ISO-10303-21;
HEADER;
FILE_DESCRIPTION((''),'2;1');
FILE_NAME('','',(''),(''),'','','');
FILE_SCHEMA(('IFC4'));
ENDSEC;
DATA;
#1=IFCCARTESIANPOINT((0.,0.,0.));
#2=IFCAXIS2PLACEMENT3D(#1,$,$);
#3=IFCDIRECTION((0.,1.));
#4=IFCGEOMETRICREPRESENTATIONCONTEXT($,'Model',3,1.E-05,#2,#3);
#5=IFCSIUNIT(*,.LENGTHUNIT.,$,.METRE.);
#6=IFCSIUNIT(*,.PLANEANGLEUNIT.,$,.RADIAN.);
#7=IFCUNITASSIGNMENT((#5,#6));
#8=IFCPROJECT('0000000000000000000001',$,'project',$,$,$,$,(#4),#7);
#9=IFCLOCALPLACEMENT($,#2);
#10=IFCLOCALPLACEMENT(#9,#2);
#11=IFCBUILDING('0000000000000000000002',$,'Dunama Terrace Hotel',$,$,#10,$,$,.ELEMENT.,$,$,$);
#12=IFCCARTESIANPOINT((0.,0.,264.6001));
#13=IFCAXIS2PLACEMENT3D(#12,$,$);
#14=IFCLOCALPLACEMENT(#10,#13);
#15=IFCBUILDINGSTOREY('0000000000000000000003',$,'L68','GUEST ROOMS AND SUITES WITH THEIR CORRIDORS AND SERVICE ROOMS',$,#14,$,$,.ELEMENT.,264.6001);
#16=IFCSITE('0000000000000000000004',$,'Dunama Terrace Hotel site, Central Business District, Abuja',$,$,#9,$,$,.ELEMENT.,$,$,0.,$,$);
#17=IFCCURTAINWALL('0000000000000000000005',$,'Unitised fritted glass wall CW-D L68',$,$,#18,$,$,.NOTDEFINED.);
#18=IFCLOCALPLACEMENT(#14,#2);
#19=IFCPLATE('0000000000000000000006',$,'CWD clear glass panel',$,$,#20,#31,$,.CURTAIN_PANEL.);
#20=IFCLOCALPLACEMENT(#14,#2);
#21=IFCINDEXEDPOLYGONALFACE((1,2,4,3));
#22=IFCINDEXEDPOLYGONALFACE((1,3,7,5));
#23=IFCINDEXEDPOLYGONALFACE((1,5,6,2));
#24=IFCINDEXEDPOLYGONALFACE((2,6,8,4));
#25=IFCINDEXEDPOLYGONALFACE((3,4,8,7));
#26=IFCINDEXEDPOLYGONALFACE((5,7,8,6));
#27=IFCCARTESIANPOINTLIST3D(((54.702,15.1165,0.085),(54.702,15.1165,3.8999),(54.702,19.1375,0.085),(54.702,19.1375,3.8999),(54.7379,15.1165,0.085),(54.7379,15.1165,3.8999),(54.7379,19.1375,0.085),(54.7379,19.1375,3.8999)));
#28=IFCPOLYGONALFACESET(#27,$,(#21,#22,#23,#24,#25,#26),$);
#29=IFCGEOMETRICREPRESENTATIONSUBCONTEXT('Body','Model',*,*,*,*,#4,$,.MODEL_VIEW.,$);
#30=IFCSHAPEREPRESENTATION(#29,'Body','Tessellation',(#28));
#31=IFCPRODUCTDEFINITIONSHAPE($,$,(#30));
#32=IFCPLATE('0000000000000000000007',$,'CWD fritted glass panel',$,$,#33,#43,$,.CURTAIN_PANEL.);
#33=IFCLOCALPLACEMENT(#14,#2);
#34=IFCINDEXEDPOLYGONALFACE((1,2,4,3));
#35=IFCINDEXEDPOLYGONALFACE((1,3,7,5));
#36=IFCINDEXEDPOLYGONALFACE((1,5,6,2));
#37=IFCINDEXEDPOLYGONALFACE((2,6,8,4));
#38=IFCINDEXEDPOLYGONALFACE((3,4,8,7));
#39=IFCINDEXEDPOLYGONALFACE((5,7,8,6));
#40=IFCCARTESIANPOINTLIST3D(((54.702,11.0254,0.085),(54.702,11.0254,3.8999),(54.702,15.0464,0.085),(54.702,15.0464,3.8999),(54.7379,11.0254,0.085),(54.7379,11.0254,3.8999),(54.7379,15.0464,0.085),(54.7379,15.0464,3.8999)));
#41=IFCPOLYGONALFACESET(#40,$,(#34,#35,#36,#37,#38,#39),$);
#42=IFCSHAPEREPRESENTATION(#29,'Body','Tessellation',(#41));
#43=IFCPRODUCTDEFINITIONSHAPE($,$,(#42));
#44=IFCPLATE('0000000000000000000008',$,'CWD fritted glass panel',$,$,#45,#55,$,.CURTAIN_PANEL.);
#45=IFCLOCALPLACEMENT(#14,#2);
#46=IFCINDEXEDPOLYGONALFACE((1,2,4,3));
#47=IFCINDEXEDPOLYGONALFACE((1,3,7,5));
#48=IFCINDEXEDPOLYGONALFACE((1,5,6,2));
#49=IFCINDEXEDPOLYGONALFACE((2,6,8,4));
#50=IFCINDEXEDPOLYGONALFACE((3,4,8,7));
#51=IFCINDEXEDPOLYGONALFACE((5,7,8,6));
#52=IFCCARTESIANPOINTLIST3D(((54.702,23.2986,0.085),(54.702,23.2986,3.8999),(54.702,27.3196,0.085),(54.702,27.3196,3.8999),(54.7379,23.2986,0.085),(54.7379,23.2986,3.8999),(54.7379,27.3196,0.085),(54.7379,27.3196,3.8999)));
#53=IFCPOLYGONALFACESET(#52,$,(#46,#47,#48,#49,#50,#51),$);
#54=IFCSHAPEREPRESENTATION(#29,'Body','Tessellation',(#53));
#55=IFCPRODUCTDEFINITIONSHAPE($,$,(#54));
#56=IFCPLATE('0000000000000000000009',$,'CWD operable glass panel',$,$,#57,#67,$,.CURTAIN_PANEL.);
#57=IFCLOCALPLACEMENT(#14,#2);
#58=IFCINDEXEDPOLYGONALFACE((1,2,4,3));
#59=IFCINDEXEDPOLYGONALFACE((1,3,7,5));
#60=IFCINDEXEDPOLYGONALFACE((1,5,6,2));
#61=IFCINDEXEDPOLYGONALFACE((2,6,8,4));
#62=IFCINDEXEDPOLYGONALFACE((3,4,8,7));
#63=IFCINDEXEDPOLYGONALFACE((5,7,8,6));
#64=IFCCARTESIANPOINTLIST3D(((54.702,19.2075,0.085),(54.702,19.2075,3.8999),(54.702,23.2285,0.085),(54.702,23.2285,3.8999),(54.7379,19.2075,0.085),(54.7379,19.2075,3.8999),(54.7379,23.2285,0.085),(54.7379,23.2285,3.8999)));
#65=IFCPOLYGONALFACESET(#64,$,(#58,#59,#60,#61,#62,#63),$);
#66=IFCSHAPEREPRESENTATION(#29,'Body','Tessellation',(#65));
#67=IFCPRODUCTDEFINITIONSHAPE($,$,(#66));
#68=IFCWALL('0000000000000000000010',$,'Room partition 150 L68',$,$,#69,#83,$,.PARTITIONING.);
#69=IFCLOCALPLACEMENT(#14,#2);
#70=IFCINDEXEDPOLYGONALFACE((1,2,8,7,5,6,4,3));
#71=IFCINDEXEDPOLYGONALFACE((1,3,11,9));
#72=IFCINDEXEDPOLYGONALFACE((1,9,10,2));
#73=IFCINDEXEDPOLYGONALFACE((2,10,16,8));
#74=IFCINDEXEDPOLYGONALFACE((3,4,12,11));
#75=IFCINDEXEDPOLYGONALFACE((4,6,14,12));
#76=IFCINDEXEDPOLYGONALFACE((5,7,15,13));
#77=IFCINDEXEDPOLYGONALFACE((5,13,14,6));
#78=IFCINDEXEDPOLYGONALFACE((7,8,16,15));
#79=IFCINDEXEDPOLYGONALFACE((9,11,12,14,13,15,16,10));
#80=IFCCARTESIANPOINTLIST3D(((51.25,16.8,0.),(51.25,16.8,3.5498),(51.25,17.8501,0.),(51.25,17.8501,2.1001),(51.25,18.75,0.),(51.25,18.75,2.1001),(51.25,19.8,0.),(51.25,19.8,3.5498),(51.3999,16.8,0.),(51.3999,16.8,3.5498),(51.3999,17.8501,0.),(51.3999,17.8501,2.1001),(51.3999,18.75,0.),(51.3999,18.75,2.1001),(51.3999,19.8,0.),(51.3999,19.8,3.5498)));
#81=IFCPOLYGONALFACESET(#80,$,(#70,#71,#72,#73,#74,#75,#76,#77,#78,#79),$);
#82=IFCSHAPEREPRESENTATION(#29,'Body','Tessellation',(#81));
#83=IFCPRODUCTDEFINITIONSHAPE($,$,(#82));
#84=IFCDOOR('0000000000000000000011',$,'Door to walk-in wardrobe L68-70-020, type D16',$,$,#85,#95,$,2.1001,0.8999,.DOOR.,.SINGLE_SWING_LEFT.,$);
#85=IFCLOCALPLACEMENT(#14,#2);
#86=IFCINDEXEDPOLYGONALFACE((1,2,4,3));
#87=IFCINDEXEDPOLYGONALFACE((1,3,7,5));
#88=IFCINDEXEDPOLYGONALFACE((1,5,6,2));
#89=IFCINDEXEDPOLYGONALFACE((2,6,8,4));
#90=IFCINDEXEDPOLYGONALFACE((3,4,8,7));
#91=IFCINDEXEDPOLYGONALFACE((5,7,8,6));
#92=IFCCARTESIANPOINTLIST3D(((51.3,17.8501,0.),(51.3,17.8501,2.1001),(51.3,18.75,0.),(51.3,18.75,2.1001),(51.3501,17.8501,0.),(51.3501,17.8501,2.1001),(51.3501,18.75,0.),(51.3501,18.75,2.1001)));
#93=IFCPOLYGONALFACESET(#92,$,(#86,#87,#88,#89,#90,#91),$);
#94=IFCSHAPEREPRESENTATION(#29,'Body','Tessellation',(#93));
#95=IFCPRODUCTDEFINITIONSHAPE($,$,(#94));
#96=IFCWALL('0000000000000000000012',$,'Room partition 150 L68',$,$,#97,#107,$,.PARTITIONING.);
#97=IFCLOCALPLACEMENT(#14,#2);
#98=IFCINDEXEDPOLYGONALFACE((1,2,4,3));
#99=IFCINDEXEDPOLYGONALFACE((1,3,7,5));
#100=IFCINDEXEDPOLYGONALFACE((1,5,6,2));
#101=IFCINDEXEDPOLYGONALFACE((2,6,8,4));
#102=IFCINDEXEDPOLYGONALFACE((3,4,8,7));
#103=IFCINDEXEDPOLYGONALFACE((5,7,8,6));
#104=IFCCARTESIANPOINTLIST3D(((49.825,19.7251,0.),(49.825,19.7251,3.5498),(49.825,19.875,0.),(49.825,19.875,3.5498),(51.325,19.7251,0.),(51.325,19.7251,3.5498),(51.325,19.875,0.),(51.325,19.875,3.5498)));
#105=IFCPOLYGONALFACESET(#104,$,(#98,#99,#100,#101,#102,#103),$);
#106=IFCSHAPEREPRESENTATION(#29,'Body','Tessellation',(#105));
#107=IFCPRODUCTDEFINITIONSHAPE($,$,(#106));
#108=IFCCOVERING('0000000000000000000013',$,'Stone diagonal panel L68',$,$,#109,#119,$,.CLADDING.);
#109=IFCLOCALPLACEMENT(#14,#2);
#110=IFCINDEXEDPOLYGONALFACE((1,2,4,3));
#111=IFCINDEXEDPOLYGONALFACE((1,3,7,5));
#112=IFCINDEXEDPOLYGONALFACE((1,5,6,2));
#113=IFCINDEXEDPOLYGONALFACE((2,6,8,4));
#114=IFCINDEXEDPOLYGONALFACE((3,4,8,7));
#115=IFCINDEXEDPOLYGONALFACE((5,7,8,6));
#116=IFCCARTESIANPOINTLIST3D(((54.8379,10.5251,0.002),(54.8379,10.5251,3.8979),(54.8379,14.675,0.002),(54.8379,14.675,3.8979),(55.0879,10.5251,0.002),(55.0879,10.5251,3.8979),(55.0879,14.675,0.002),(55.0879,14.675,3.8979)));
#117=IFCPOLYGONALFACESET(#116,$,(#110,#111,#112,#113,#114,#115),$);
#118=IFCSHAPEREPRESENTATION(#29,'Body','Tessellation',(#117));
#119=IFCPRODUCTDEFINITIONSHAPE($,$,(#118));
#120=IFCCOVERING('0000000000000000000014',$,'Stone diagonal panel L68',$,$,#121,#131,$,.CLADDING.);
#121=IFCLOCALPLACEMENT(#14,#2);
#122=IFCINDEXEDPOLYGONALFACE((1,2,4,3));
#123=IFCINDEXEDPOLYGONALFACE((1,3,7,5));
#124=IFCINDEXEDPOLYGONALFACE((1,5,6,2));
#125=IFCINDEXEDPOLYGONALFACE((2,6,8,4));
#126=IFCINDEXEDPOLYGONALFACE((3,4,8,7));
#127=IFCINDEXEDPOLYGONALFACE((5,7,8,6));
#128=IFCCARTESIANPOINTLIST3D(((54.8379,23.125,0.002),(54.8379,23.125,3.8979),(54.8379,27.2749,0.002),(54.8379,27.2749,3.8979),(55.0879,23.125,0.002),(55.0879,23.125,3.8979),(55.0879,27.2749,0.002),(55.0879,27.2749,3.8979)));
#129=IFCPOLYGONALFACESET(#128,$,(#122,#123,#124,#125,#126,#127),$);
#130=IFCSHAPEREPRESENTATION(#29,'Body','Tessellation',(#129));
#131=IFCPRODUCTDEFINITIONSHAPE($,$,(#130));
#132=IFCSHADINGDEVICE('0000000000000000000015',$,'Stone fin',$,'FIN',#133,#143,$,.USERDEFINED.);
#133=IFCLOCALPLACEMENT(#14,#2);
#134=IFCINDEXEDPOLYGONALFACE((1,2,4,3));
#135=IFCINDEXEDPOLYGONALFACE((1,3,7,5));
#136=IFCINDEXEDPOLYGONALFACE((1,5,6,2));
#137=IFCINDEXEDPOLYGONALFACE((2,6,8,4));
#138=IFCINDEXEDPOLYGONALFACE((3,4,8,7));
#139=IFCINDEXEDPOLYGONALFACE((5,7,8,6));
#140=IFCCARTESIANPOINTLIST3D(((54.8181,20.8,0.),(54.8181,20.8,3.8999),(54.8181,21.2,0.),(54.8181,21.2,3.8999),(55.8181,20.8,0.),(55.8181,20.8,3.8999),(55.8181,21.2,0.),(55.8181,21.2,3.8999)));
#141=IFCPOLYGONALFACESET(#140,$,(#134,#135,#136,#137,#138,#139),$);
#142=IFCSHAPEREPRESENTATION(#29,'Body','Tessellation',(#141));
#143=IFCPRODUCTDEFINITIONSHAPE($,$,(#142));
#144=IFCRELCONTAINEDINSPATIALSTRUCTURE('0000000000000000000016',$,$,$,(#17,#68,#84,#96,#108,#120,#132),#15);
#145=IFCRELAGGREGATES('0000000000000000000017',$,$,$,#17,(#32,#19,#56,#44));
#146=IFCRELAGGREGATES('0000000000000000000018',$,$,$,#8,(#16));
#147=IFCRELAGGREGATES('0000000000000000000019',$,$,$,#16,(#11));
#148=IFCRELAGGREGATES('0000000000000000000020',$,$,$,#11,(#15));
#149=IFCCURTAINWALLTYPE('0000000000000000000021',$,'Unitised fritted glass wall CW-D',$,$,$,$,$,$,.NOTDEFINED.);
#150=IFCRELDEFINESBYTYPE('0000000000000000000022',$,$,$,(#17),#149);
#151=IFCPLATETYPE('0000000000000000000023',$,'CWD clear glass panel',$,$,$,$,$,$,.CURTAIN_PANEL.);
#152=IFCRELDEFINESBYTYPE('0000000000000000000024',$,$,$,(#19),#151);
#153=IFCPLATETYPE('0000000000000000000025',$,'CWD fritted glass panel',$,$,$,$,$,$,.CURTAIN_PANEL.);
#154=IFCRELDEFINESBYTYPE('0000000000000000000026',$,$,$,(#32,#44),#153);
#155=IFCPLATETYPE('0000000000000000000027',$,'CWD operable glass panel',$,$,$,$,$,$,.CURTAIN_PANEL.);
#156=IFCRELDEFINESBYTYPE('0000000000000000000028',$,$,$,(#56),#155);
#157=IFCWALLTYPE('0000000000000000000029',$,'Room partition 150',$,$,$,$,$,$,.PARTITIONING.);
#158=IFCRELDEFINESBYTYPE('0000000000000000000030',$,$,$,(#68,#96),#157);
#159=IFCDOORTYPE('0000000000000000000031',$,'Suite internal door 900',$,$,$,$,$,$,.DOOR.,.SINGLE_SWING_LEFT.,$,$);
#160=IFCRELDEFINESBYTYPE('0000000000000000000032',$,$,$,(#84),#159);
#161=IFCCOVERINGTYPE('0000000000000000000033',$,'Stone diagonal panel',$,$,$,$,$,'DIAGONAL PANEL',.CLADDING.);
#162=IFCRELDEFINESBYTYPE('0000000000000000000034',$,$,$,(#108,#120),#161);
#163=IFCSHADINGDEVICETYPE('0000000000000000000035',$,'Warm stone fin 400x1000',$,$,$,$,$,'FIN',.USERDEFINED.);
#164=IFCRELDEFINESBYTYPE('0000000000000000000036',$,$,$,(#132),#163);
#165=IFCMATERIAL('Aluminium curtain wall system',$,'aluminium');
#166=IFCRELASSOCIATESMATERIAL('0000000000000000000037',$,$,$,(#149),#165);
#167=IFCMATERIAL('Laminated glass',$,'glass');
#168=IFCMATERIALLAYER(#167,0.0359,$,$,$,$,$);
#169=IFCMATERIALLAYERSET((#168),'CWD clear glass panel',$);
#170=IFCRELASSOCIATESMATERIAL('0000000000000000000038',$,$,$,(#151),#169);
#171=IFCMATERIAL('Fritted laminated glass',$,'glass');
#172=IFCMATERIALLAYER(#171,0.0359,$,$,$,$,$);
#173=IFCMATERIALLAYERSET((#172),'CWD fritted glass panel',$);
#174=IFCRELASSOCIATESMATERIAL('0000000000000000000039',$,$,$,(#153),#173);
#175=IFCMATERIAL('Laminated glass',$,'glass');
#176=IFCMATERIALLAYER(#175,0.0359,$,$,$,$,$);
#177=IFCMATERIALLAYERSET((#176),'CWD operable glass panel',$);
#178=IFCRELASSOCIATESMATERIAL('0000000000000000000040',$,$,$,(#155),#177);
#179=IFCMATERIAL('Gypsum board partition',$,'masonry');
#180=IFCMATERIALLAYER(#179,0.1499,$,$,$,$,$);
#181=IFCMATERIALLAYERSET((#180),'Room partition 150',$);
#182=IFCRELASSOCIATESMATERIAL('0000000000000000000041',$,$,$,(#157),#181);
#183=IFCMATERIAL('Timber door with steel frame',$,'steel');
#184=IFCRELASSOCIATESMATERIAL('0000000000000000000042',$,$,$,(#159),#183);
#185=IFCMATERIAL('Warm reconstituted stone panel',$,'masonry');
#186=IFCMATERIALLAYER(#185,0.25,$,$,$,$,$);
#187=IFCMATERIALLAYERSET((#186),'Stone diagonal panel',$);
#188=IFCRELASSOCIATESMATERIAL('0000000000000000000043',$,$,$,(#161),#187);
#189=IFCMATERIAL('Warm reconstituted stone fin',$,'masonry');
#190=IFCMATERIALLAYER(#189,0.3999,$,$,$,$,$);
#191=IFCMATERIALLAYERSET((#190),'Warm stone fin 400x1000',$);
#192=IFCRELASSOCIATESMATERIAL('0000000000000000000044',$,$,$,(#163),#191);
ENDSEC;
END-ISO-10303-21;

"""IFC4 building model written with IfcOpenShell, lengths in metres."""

from ifc_helpers import new_model, si_unit, direction, frame, frame_2d, origin, origin_2d, place, context, subcontext, project, spatial, rectangle, extrude, material, layer, layer_set, type_object, element, fill, aggregate, save


model = new_model("IFC4")

# Units and contexts
model_context = context("Model", 3, precision=1e-05, world=origin(), true_north=direction((0.0, 1.0)))
body_context = subcontext(model_context, "Body", "Model", "MODEL_VIEW")
ifc_project = project(units=[si_unit("LENGTHUNIT", "METRE"), si_unit("PLANEANGLEUNIT", "RADIAN")], contexts=[model_context])

# Site, building, storey
site_placement = place(None, origin())
site = spatial("IfcSite", under=ifc_project, at=site_placement, Name="Dunama Terrace Hotel site, Central Business District, Abuja", CompositionType="ELEMENT", RefElevation=0.0)
building_placement = place(site_placement, origin())
building = spatial("IfcBuilding", under=site, at=building_placement, Name="Dunama Terrace Hotel", CompositionType="ELEMENT")
storey_placement = place(building_placement, frame((0.0, 0.0, 264.6001)))
storey = spatial("IfcBuildingStorey", under=building, at=storey_placement, Name="L68", Description="GUEST ROOMS AND SUITES WITH THEIR CORRIDORS AND SERVICE ROOMS", CompositionType="ELEMENT", Elevation=264.6001)

# Curtain wall
ifc_material_1 = material(Name="Aluminium curtain wall system", Category="aluminium")
curtain_wall_type = type_object("IfcCurtainWallType", Name="Unitised fritted glass wall CW-D", PredefinedType="NOTDEFINED", material=ifc_material_1)
curtain_wall_placement = place(storey_placement, origin())
curtain_wall = element("IfcCurtainWall", 1, at=curtain_wall_placement, inside=storey, type_object=curtain_wall_type, Name="Unitised fritted glass wall CW-D L68", PredefinedType="NOTDEFINED")

# Plates
ifc_material_2 = material(Name="Laminated glass", Category="glass")
ifc_layer_1 = layer(ifc_material_2, 0.0359)
ifc_layer_set_1 = layer_set([ifc_layer_1], Name="CWD clear glass panel")
plate_type_1 = type_object("IfcPlateType", Name="CWD clear glass panel", PredefinedType="CURTAIN_PANEL", material=ifc_layer_set_1)
plate_1_placement = place(storey_placement, frame((54.72, 17.127, 0.085), z_axis=(0.0, 0.0, 1.0), x_axis=(0.0, 1.0, 0.0)))
plate_1 = element("IfcPlate", 2, at=plate_1_placement, type_object=plate_type_1, Name="CWD clear glass panel", PredefinedType="CURTAIN_PANEL", context=body_context, shape_type="SweptSolid", body=[
    extrude(rectangle(XDim=4.021, YDim=0.0359, at=origin_2d()), origin(), (0.0, 0.0, 1.0), 3.8149),
])
ifc_material_3 = material(Name="Fritted laminated glass", Category="glass")
ifc_layer_2 = layer(ifc_material_3, 0.0359)
ifc_layer_set_2 = layer_set([ifc_layer_2], Name="CWD fritted glass panel")
plate_type_2 = type_object("IfcPlateType", Name="CWD fritted glass panel", PredefinedType="CURTAIN_PANEL", material=ifc_layer_set_2)
plate_2_placement = place(storey_placement, frame((54.72, 13.0359, 0.085), z_axis=(0.0, 0.0, 1.0), x_axis=(0.0, 1.0, 0.0)))
plate_2 = element("IfcPlate", 3, at=plate_2_placement, type_object=plate_type_2, Name="CWD fritted glass panel", PredefinedType="CURTAIN_PANEL", context=body_context, shape_type="SweptSolid", body=[
    extrude(rectangle(XDim=4.021, YDim=0.0359, at=origin_2d()), origin(), (0.0, 0.0, 1.0), 3.8149),
])
plate_3_placement = place(storey_placement, frame((54.72, 25.3091, 0.085), z_axis=(0.0, 0.0, 1.0), x_axis=(0.0, 1.0, 0.0)))
plate_3 = element("IfcPlate", 4, at=plate_3_placement, type_object=plate_type_2, Name="CWD fritted glass panel", PredefinedType="CURTAIN_PANEL", context=body_context, shape_type="SweptSolid", body=[
    extrude(rectangle(XDim=4.021, YDim=0.0359, at=origin_2d()), origin(), (0.0, 0.0, 1.0), 3.8149),
])
ifc_material_4 = material(Name="Laminated glass", Category="glass")
ifc_layer_3 = layer(ifc_material_4, 0.0359)
ifc_layer_set_3 = layer_set([ifc_layer_3], Name="CWD operable glass panel")
plate_type_3 = type_object("IfcPlateType", Name="CWD operable glass panel", PredefinedType="CURTAIN_PANEL", material=ifc_layer_set_3)
plate_4_placement = place(storey_placement, frame((54.72, 21.218, 0.085), z_axis=(0.0, 0.0, 1.0), x_axis=(0.0, 1.0, 0.0)))
plate_4 = element("IfcPlate", 5, at=plate_4_placement, type_object=plate_type_3, Name="CWD operable glass panel", PredefinedType="CURTAIN_PANEL", context=body_context, shape_type="SweptSolid", body=[
    extrude(rectangle(XDim=4.021, YDim=0.0359, at=origin_2d()), origin(), (0.0, 0.0, 1.0), 3.8149),
])
aggregate(curtain_wall, [plate_2, plate_1, plate_4, plate_3])

# Wall, opening, door
ifc_material_5 = material(Name="Gypsum board partition", Category="masonry")
ifc_layer_4 = layer(ifc_material_5, 0.1499)
ifc_layer_set_4 = layer_set([ifc_layer_4], Name="Room partition 150")
wall_type = type_object("IfcWallType", Name="Room partition 150", PredefinedType="PARTITIONING", material=ifc_layer_set_4)
wall_1_placement = place(storey_placement, frame((51.325, 16.8, 0.0), z_axis=(0.0, 0.0, 1.0), x_axis=(0.0, 1.0, 0.0)))
wall_1 = element("IfcWall", 6, at=wall_1_placement, inside=storey, type_object=wall_type, Name="Room partition 150 L68", PredefinedType="PARTITIONING", context=body_context, shape_type="SweptSolid", body=[
    extrude(rectangle(XDim=3.0, YDim=0.1499, at=frame_2d((1.5, 0.0))), origin(), (0.0, 0.0, 1.0), 3.5498),
])
opening_placement = place(wall_1_placement, frame((1.05, 0.0, 0.0)))
opening = element("IfcOpeningElement", 7, at=opening_placement, cuts=wall_1, PredefinedType="OPENING", context=body_context, shape_type="SweptSolid", body=[
    extrude(rectangle(XDim=0.8999, YDim=2.1001, at=frame_2d((0.45, 1.05))), frame((0.0, 0.085, 0.0), z_axis=(0.0, -1.0, 0.0), x_axis=(1.0, 0.0, 0.0)), (0.0, 0.0, 1.0), 0.1699),
])
ifc_material_6 = material(Name="Timber door with steel frame", Category="steel")
door_type = type_object("IfcDoorType", Name="Suite internal door 900", OperationType="SINGLE_SWING_LEFT", PredefinedType="DOOR", material=ifc_material_6)
door_placement = place(opening_placement, origin())
door = element("IfcDoor", 8, at=door_placement, inside=storey, type_object=door_type, Name="Door to walk-in wardrobe L68-70-020, type D16", OperationType="SINGLE_SWING_LEFT", OverallHeight=2.1001, OverallWidth=0.8999, PredefinedType="DOOR", context=body_context, shape_type="SweptSolid", body=[
    extrude(rectangle(XDim=0.8999, YDim=2.1001, at=frame_2d((0.45, 1.05))), frame((0.0, 0.0249, 0.0), z_axis=(0.0, -1.0, 0.0), x_axis=(1.0, 0.0, 0.0)), (0.0, 0.0, 1.0), 0.05),
])
fill(opening, door)

# Wall
wall_2_placement = place(storey_placement, frame((49.825, 19.8, 0.0), z_axis=(0.0, 0.0, 1.0), x_axis=(1.0, 0.0, 0.0)))
element("IfcWall", 9, at=wall_2_placement, inside=storey, type_object=wall_type, Name="Room partition 150 L68", PredefinedType="PARTITIONING", context=body_context, shape_type="SweptSolid", body=[
    extrude(rectangle(XDim=1.5, YDim=0.1499, at=frame_2d((0.75, 0.0))), origin(), (0.0, 0.0, 1.0), 3.5498),
])

# Coverings
ifc_material_7 = material(Name="Warm reconstituted stone panel", Category="masonry")
ifc_layer_5 = layer(ifc_material_7, 0.25)
ifc_layer_set_5 = layer_set([ifc_layer_5], Name="Stone diagonal panel")
covering_type = type_object("IfcCoveringType", Name="Stone diagonal panel", ElementType="DIAGONAL PANEL", PredefinedType="CLADDING", material=ifc_layer_set_5)
for number, where, z_axis, x_axis, name in (
    (10, (54.9629, 12.6001, 0.002), (0.0, 0.0, 1.0), (0.0, 1.0, 0.0), "Stone diagonal panel L68"),
    (11, (54.9629, 25.2, 0.002), (0.0, 0.0, 1.0), (0.0, 1.0, 0.0), "Stone diagonal panel L68"),
):
    element("IfcCovering", number, at=place(storey_placement, frame(where, z_axis=z_axis, x_axis=x_axis)), inside=storey, type_object=covering_type, Name=name, PredefinedType="CLADDING", context=body_context, shape_type="SweptSolid", body=[
        extrude(rectangle(XDim=4.1499, YDim=0.25, at=origin_2d()), origin(), (0.0, 0.0, 1.0), 3.896),
    ])

# Shading device
ifc_material_8 = material(Name="Warm reconstituted stone fin", Category="masonry")
ifc_layer_6 = layer(ifc_material_8, 0.3999)
ifc_layer_set_6 = layer_set([ifc_layer_6], Name="Warm stone fin 400x1000")
shading_device_type = type_object("IfcShadingDeviceType", Name="Warm stone fin 400x1000", ElementType="FIN", PredefinedType="USERDEFINED", material=ifc_layer_set_6)
shading_device_placement = place(storey_placement, frame((55.3181, 21.0, 0.0), z_axis=(0.0, 0.0, 1.0), x_axis=(0.0, 1.0, 0.0)))
element("IfcShadingDevice", 12, at=shading_device_placement, inside=storey, type_object=shading_device_type, Name="Stone fin", ObjectType="FIN", PredefinedType="USERDEFINED", context=body_context, shape_type="SweptSolid", body=[
    extrude(rectangle(XDim=0.3999, YDim=1.0, at=origin_2d()), origin(), (0.0, 0.0, 1.0), 3.8999),
])

save(model, "model.ifc")
